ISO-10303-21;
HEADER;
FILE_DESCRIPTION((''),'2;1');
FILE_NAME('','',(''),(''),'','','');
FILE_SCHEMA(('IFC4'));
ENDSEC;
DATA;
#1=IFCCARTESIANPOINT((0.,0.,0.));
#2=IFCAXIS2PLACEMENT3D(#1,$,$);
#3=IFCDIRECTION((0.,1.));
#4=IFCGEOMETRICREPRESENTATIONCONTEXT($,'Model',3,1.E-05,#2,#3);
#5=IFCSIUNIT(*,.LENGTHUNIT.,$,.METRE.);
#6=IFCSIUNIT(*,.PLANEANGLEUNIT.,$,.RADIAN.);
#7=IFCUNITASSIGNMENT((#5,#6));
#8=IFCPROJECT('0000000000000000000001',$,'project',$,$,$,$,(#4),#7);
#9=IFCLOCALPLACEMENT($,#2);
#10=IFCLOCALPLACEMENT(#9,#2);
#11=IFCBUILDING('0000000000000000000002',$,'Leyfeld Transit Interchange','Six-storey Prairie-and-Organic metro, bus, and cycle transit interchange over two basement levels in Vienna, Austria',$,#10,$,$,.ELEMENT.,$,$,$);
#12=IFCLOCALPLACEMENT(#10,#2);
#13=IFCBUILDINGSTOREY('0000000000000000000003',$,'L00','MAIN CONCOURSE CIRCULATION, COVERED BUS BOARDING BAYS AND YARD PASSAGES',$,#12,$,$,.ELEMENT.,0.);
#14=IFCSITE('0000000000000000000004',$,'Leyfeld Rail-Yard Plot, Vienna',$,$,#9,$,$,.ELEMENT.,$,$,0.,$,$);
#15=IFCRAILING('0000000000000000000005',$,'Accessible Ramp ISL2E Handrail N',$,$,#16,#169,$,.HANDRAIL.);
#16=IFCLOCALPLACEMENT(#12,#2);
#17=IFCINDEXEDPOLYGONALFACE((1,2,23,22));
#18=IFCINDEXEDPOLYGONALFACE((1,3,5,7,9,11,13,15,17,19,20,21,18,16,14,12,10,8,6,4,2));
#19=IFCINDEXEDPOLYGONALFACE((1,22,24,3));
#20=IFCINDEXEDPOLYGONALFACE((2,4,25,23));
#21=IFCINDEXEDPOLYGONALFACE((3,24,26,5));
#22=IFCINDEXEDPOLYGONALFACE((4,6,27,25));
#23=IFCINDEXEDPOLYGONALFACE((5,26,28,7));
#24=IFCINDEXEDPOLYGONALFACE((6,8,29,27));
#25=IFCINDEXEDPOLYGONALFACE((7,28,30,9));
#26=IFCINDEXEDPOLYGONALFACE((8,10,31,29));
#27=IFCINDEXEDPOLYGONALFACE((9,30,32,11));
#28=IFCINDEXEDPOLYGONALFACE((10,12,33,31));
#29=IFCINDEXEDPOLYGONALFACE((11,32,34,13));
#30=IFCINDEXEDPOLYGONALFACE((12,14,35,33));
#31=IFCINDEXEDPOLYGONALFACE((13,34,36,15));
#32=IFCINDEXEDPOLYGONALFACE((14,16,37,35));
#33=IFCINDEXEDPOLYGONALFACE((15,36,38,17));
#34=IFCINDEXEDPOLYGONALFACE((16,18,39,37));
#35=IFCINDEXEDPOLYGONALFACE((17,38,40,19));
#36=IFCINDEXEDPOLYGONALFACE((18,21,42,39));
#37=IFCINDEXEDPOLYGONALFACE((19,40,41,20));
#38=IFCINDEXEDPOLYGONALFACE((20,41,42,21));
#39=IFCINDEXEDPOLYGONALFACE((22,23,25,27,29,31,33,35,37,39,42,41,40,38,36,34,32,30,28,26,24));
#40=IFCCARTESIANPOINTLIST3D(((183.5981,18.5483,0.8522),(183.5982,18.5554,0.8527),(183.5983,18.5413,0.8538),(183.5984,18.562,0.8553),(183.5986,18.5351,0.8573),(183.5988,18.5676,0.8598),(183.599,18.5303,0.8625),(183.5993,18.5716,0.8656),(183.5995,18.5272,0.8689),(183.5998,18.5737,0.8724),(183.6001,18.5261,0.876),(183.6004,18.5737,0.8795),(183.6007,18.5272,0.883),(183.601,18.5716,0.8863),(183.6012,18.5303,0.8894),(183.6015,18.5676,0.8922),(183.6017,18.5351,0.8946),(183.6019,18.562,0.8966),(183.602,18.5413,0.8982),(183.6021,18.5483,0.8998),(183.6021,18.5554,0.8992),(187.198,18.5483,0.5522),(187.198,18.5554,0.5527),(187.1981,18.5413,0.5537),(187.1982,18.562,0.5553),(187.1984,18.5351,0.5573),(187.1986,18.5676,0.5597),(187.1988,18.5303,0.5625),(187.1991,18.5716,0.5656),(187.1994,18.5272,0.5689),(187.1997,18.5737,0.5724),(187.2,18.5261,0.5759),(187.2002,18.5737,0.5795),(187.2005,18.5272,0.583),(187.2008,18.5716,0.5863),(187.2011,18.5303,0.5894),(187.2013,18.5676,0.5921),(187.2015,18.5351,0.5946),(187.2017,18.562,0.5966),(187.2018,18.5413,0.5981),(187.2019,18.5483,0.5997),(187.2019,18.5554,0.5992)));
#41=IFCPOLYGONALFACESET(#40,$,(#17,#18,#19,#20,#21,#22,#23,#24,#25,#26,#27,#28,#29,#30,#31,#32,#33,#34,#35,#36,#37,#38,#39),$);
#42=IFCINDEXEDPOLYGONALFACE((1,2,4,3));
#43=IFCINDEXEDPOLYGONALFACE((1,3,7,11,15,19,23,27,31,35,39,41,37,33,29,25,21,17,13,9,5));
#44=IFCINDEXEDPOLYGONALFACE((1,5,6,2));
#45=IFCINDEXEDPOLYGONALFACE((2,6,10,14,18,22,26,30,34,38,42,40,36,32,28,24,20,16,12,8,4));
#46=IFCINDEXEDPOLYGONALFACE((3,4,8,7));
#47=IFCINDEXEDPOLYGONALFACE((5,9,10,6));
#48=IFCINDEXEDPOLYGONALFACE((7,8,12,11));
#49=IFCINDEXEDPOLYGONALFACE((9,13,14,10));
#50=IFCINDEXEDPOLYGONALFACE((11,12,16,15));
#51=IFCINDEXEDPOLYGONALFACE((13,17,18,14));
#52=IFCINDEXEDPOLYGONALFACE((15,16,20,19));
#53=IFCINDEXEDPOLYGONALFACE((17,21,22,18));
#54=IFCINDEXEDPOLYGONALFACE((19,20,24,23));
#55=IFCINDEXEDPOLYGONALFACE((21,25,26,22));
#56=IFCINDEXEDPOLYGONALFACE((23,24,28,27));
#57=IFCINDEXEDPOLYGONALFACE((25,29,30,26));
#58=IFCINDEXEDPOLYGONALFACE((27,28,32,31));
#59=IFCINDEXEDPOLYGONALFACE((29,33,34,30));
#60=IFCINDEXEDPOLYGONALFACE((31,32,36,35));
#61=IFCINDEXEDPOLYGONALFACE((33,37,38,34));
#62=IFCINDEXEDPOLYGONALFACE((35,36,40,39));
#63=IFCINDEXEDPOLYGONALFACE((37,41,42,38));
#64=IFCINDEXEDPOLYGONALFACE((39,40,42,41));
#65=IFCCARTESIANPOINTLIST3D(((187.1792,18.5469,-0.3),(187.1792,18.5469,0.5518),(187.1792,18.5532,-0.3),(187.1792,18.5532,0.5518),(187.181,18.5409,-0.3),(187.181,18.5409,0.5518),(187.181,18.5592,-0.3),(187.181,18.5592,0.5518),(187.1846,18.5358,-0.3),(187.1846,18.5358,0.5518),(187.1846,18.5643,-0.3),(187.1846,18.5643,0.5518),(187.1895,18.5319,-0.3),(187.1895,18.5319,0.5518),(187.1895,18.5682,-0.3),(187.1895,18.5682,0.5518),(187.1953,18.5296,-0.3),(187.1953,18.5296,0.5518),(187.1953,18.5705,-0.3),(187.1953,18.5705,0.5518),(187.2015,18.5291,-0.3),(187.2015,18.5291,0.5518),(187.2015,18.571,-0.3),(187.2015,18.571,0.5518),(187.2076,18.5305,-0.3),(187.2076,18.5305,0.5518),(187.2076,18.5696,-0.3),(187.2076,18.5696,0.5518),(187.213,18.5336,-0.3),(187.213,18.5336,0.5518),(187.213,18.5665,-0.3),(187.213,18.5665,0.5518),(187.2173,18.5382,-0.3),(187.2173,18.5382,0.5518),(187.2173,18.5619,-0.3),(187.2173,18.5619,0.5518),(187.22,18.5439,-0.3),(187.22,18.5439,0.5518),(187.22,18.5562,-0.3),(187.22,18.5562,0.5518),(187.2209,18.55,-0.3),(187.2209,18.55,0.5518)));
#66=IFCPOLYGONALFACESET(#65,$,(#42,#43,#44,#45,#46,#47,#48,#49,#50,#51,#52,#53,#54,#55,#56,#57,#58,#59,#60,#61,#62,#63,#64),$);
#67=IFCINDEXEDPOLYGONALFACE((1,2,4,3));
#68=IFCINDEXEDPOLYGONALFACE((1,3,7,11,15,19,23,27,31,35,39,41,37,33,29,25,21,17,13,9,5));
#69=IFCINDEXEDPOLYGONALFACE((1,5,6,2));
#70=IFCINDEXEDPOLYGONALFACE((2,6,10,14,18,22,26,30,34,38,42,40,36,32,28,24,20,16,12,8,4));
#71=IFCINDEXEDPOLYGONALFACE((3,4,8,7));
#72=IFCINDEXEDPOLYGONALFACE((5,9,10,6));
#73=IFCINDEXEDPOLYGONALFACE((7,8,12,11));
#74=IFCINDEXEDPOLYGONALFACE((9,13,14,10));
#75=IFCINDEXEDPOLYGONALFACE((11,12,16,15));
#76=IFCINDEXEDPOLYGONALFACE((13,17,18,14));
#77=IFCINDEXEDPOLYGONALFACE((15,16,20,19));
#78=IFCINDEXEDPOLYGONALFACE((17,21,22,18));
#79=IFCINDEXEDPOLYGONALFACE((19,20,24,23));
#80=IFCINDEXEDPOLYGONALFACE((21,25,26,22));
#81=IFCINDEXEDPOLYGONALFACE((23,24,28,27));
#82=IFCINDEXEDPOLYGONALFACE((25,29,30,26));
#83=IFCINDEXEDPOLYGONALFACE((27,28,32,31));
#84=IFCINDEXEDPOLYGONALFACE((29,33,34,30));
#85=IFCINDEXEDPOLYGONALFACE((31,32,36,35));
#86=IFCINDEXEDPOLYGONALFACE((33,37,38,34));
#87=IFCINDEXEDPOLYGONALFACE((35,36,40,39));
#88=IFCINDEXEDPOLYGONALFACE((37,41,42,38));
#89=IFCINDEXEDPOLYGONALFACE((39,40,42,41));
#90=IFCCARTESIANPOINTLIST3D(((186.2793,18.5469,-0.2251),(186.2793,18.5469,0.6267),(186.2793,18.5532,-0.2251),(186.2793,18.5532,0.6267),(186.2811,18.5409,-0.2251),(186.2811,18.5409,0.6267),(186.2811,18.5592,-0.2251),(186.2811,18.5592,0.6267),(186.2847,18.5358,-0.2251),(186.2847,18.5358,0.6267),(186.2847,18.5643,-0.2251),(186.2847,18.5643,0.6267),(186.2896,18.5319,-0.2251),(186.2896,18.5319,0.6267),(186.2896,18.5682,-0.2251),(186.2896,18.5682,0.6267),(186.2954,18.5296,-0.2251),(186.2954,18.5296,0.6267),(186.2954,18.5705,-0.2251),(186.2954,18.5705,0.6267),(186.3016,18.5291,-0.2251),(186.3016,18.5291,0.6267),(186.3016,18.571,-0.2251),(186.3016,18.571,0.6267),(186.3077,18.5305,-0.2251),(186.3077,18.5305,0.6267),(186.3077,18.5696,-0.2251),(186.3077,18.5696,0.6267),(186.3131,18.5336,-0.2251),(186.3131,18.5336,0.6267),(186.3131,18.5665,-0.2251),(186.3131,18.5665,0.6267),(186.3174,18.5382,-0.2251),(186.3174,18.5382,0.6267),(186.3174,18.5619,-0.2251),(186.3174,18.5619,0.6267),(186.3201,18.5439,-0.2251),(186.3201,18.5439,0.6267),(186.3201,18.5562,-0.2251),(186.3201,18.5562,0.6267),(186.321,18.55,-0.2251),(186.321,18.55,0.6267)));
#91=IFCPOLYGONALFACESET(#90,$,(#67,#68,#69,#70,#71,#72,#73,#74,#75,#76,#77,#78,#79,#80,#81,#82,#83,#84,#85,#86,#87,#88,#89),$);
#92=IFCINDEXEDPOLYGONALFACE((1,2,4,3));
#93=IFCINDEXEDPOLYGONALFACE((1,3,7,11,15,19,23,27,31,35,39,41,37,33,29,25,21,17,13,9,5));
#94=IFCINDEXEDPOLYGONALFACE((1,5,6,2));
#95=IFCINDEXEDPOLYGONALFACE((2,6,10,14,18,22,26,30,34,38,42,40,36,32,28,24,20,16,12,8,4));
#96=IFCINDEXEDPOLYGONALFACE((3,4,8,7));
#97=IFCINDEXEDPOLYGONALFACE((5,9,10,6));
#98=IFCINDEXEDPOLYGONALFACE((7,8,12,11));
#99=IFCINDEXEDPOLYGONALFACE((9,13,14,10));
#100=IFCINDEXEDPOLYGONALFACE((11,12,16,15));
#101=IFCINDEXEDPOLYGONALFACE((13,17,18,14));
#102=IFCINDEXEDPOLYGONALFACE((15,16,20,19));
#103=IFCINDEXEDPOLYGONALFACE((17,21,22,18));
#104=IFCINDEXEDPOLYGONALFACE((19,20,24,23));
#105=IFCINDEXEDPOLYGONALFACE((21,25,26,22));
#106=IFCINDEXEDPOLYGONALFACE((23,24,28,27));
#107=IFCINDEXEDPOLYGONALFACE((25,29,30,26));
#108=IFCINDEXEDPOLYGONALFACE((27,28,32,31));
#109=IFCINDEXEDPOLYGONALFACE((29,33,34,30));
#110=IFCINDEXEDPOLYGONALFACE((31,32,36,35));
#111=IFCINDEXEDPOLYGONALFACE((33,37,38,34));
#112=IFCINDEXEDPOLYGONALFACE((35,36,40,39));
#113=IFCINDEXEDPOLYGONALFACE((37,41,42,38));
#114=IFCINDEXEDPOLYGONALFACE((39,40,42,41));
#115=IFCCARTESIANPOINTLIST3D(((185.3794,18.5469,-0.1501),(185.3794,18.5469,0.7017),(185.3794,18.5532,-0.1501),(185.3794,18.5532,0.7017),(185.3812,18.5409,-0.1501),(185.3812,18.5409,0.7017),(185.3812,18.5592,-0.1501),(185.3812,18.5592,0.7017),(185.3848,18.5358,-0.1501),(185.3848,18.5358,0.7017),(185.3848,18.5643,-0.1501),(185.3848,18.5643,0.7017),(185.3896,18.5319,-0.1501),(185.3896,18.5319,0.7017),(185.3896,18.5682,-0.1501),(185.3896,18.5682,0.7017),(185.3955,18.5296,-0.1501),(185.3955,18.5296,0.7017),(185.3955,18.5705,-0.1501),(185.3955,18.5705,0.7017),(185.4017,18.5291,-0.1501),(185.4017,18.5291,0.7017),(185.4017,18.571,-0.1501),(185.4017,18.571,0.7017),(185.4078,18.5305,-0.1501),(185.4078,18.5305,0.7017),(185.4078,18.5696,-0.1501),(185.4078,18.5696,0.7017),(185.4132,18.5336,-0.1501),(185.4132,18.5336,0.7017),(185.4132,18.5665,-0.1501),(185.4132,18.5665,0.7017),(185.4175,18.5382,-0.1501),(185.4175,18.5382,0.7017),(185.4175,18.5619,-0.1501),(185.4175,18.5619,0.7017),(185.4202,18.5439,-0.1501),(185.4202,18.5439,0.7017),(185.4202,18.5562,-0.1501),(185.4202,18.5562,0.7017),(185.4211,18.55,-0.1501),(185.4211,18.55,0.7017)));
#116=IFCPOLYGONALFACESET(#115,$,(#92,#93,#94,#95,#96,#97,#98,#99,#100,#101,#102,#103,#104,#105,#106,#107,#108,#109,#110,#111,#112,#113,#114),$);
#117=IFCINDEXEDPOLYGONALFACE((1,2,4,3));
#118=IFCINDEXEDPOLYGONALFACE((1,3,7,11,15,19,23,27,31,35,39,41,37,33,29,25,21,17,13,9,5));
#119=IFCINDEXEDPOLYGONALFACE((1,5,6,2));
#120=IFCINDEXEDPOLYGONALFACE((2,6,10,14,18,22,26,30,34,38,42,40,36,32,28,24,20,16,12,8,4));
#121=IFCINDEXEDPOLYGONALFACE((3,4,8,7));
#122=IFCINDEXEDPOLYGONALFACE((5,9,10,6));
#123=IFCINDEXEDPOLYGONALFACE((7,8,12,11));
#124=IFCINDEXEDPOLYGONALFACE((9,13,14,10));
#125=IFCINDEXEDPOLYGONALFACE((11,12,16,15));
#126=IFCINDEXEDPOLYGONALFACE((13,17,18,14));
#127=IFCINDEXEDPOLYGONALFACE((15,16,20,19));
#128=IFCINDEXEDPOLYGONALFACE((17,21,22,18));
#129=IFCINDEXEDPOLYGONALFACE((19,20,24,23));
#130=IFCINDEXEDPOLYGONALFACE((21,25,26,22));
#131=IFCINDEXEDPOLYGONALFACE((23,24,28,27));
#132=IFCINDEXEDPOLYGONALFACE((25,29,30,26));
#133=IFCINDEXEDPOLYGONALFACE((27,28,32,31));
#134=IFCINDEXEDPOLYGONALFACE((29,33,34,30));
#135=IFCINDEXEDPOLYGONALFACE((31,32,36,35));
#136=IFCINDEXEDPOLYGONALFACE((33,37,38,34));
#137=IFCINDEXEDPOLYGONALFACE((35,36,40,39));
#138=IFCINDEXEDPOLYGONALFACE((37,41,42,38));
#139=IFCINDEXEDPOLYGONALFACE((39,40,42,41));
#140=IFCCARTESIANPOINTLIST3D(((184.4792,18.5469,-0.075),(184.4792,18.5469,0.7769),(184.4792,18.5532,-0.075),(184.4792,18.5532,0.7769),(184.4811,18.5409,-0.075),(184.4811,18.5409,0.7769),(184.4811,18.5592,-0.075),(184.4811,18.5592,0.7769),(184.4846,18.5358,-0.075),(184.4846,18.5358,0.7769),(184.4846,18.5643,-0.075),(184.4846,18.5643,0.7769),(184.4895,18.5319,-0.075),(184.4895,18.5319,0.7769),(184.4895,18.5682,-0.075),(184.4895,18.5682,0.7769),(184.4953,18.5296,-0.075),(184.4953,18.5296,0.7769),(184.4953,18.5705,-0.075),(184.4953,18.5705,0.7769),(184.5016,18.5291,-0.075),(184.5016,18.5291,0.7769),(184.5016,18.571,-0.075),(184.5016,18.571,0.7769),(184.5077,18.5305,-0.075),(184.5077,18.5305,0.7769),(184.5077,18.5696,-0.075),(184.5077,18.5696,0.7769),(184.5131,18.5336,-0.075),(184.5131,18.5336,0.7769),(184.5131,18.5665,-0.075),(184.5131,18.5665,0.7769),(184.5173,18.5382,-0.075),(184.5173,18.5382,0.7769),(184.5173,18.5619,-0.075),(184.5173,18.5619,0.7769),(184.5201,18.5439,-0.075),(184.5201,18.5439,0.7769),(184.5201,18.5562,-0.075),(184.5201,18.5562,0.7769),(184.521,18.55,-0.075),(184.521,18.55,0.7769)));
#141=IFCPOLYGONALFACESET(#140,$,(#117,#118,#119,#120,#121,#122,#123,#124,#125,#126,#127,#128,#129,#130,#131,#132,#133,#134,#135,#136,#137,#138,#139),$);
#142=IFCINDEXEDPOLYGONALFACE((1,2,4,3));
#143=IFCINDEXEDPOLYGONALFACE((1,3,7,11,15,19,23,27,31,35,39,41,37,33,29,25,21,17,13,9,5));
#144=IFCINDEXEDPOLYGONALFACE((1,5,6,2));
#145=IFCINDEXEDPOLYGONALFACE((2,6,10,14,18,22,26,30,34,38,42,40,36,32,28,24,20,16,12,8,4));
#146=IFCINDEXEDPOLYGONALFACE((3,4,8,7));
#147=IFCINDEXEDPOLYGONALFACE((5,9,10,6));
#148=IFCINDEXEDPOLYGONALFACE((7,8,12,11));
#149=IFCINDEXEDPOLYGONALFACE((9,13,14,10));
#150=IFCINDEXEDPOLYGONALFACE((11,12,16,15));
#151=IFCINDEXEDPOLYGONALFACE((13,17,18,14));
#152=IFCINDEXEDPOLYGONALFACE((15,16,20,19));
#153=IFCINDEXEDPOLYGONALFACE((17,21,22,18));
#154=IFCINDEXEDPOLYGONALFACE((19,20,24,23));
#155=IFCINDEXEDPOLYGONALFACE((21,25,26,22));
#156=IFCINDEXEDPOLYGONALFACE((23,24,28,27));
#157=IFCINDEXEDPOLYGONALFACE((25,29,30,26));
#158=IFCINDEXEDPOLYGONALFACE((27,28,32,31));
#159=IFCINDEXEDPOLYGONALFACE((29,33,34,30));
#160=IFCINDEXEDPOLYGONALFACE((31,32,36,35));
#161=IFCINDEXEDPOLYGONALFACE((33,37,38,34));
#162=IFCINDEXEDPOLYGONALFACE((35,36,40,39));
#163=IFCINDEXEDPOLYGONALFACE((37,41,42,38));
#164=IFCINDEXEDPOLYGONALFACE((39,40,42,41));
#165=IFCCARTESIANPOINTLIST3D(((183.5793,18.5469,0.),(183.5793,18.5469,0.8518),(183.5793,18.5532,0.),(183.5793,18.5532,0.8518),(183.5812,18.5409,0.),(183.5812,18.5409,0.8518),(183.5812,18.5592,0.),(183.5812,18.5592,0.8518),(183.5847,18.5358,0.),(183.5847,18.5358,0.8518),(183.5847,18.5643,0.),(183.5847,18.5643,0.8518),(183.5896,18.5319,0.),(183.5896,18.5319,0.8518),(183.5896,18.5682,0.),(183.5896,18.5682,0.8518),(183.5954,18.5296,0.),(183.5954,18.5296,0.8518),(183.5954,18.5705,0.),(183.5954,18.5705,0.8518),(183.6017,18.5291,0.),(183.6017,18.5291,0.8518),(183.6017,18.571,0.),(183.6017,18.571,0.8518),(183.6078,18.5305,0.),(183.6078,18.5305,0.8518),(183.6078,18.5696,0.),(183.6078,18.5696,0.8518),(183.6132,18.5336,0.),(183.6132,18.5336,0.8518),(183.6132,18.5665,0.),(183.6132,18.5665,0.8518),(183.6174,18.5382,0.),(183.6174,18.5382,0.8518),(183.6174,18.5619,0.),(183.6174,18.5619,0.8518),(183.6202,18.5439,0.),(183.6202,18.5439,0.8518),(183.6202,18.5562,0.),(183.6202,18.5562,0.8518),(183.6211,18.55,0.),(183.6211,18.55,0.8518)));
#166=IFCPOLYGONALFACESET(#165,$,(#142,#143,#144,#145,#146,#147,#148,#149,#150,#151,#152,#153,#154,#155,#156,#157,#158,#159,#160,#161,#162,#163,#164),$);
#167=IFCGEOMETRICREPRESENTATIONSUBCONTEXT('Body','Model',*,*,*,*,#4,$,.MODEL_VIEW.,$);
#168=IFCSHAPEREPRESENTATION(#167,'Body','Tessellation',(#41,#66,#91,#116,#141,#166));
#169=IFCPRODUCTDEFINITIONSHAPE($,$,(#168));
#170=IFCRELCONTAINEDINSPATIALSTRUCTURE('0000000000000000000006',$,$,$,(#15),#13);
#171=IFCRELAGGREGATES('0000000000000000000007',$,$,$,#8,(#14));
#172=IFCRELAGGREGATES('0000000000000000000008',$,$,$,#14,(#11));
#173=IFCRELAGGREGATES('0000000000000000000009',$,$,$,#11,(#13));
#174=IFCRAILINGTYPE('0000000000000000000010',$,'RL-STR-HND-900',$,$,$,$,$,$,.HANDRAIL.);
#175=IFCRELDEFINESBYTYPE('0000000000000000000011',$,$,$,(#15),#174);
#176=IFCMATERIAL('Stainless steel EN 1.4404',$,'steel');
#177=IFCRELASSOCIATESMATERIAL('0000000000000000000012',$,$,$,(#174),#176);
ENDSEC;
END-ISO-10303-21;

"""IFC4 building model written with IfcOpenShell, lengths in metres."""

from ifc_helpers import new_model, si_unit, direction, frame, origin, origin_2d, place, context, subcontext, project, spatial, circle, extrude, material, type_object, element, save


model = new_model("IFC4")

# Units and contexts
model_context = context("Model", 3, precision=1e-05, world=origin(), true_north=direction((0.0, 1.0)))
body_context = subcontext(model_context, "Body", "Model", "MODEL_VIEW")
ifc_project = project(units=[si_unit("LENGTHUNIT", "METRE"), si_unit("PLANEANGLEUNIT", "RADIAN")], contexts=[model_context])

# Site, building, storey
site_placement = place(None, origin())
site = spatial("IfcSite", under=ifc_project, at=site_placement, Name="Leyfeld Rail-Yard Plot, Vienna", CompositionType="ELEMENT", RefElevation=0.0)
building_placement = place(site_placement, origin())
building = spatial("IfcBuilding", under=site, at=building_placement, Name="Leyfeld Transit Interchange", Description="Six-storey Prairie-and-Organic metro, bus, and cycle transit interchange over two basement levels in Vienna, Austria", CompositionType="ELEMENT")
storey_placement = place(building_placement, origin())
storey = spatial("IfcBuildingStorey", under=building, at=storey_placement, Name="L00", Description="MAIN CONCOURSE CIRCULATION, COVERED BUS BOARDING BAYS AND YARD PASSAGES", CompositionType="ELEMENT", Elevation=0.0)

# Railing
ifc_material_1 = material(Name="Stainless steel EN 1.4404", Category="steel")
railing_type = type_object("IfcRailingType", Name="RL-STR-HND-900", PredefinedType="HANDRAIL", material=ifc_material_1)
for number, where, name in (
    (1, (187.2, 18.55, -0.3), "Accessible Ramp ISL2E Handrail N"),
):
    element("IfcRailing", number, at=place(storey_placement, frame(where)), inside=storey, type_object=railing_type, Name=name, PredefinedType="HANDRAIL", context=body_context, shape_type="SweptSolid", body=[
        extrude(circle(Radius=0.0239, at=origin_2d()), frame((0.0, 0.0, 0.876), z_axis=(-0.996544, 0.0, 0.083062), x_axis=(0.0, -1.0, 0.0)), (0.0, 0.0, 1.0), 3.6123),
        extrude(circle(Radius=0.021, at=origin_2d()), origin(), (0.0, 0.0, 1.0), 0.8518),
        extrude(circle(Radius=0.021, at=origin_2d()), frame((-0.8999, 0.0, 0.075)), (0.0, 0.0, 1.0), 0.8518),
        extrude(circle(Radius=0.021, at=origin_2d()), frame((-1.7998, 0.0, 0.1499)), (0.0, 0.0, 1.0), 0.8518),
        extrude(circle(Radius=0.021, at=origin_2d()), frame((-2.7, 0.0, 0.2251)), (0.0, 0.0, 1.0), 0.8518),
        extrude(circle(Radius=0.021, at=origin_2d()), frame((-3.5999, 0.0, 0.3)), (0.0, 0.0, 1.0), 0.8518),
    ])

save(model, "model.ifc")
